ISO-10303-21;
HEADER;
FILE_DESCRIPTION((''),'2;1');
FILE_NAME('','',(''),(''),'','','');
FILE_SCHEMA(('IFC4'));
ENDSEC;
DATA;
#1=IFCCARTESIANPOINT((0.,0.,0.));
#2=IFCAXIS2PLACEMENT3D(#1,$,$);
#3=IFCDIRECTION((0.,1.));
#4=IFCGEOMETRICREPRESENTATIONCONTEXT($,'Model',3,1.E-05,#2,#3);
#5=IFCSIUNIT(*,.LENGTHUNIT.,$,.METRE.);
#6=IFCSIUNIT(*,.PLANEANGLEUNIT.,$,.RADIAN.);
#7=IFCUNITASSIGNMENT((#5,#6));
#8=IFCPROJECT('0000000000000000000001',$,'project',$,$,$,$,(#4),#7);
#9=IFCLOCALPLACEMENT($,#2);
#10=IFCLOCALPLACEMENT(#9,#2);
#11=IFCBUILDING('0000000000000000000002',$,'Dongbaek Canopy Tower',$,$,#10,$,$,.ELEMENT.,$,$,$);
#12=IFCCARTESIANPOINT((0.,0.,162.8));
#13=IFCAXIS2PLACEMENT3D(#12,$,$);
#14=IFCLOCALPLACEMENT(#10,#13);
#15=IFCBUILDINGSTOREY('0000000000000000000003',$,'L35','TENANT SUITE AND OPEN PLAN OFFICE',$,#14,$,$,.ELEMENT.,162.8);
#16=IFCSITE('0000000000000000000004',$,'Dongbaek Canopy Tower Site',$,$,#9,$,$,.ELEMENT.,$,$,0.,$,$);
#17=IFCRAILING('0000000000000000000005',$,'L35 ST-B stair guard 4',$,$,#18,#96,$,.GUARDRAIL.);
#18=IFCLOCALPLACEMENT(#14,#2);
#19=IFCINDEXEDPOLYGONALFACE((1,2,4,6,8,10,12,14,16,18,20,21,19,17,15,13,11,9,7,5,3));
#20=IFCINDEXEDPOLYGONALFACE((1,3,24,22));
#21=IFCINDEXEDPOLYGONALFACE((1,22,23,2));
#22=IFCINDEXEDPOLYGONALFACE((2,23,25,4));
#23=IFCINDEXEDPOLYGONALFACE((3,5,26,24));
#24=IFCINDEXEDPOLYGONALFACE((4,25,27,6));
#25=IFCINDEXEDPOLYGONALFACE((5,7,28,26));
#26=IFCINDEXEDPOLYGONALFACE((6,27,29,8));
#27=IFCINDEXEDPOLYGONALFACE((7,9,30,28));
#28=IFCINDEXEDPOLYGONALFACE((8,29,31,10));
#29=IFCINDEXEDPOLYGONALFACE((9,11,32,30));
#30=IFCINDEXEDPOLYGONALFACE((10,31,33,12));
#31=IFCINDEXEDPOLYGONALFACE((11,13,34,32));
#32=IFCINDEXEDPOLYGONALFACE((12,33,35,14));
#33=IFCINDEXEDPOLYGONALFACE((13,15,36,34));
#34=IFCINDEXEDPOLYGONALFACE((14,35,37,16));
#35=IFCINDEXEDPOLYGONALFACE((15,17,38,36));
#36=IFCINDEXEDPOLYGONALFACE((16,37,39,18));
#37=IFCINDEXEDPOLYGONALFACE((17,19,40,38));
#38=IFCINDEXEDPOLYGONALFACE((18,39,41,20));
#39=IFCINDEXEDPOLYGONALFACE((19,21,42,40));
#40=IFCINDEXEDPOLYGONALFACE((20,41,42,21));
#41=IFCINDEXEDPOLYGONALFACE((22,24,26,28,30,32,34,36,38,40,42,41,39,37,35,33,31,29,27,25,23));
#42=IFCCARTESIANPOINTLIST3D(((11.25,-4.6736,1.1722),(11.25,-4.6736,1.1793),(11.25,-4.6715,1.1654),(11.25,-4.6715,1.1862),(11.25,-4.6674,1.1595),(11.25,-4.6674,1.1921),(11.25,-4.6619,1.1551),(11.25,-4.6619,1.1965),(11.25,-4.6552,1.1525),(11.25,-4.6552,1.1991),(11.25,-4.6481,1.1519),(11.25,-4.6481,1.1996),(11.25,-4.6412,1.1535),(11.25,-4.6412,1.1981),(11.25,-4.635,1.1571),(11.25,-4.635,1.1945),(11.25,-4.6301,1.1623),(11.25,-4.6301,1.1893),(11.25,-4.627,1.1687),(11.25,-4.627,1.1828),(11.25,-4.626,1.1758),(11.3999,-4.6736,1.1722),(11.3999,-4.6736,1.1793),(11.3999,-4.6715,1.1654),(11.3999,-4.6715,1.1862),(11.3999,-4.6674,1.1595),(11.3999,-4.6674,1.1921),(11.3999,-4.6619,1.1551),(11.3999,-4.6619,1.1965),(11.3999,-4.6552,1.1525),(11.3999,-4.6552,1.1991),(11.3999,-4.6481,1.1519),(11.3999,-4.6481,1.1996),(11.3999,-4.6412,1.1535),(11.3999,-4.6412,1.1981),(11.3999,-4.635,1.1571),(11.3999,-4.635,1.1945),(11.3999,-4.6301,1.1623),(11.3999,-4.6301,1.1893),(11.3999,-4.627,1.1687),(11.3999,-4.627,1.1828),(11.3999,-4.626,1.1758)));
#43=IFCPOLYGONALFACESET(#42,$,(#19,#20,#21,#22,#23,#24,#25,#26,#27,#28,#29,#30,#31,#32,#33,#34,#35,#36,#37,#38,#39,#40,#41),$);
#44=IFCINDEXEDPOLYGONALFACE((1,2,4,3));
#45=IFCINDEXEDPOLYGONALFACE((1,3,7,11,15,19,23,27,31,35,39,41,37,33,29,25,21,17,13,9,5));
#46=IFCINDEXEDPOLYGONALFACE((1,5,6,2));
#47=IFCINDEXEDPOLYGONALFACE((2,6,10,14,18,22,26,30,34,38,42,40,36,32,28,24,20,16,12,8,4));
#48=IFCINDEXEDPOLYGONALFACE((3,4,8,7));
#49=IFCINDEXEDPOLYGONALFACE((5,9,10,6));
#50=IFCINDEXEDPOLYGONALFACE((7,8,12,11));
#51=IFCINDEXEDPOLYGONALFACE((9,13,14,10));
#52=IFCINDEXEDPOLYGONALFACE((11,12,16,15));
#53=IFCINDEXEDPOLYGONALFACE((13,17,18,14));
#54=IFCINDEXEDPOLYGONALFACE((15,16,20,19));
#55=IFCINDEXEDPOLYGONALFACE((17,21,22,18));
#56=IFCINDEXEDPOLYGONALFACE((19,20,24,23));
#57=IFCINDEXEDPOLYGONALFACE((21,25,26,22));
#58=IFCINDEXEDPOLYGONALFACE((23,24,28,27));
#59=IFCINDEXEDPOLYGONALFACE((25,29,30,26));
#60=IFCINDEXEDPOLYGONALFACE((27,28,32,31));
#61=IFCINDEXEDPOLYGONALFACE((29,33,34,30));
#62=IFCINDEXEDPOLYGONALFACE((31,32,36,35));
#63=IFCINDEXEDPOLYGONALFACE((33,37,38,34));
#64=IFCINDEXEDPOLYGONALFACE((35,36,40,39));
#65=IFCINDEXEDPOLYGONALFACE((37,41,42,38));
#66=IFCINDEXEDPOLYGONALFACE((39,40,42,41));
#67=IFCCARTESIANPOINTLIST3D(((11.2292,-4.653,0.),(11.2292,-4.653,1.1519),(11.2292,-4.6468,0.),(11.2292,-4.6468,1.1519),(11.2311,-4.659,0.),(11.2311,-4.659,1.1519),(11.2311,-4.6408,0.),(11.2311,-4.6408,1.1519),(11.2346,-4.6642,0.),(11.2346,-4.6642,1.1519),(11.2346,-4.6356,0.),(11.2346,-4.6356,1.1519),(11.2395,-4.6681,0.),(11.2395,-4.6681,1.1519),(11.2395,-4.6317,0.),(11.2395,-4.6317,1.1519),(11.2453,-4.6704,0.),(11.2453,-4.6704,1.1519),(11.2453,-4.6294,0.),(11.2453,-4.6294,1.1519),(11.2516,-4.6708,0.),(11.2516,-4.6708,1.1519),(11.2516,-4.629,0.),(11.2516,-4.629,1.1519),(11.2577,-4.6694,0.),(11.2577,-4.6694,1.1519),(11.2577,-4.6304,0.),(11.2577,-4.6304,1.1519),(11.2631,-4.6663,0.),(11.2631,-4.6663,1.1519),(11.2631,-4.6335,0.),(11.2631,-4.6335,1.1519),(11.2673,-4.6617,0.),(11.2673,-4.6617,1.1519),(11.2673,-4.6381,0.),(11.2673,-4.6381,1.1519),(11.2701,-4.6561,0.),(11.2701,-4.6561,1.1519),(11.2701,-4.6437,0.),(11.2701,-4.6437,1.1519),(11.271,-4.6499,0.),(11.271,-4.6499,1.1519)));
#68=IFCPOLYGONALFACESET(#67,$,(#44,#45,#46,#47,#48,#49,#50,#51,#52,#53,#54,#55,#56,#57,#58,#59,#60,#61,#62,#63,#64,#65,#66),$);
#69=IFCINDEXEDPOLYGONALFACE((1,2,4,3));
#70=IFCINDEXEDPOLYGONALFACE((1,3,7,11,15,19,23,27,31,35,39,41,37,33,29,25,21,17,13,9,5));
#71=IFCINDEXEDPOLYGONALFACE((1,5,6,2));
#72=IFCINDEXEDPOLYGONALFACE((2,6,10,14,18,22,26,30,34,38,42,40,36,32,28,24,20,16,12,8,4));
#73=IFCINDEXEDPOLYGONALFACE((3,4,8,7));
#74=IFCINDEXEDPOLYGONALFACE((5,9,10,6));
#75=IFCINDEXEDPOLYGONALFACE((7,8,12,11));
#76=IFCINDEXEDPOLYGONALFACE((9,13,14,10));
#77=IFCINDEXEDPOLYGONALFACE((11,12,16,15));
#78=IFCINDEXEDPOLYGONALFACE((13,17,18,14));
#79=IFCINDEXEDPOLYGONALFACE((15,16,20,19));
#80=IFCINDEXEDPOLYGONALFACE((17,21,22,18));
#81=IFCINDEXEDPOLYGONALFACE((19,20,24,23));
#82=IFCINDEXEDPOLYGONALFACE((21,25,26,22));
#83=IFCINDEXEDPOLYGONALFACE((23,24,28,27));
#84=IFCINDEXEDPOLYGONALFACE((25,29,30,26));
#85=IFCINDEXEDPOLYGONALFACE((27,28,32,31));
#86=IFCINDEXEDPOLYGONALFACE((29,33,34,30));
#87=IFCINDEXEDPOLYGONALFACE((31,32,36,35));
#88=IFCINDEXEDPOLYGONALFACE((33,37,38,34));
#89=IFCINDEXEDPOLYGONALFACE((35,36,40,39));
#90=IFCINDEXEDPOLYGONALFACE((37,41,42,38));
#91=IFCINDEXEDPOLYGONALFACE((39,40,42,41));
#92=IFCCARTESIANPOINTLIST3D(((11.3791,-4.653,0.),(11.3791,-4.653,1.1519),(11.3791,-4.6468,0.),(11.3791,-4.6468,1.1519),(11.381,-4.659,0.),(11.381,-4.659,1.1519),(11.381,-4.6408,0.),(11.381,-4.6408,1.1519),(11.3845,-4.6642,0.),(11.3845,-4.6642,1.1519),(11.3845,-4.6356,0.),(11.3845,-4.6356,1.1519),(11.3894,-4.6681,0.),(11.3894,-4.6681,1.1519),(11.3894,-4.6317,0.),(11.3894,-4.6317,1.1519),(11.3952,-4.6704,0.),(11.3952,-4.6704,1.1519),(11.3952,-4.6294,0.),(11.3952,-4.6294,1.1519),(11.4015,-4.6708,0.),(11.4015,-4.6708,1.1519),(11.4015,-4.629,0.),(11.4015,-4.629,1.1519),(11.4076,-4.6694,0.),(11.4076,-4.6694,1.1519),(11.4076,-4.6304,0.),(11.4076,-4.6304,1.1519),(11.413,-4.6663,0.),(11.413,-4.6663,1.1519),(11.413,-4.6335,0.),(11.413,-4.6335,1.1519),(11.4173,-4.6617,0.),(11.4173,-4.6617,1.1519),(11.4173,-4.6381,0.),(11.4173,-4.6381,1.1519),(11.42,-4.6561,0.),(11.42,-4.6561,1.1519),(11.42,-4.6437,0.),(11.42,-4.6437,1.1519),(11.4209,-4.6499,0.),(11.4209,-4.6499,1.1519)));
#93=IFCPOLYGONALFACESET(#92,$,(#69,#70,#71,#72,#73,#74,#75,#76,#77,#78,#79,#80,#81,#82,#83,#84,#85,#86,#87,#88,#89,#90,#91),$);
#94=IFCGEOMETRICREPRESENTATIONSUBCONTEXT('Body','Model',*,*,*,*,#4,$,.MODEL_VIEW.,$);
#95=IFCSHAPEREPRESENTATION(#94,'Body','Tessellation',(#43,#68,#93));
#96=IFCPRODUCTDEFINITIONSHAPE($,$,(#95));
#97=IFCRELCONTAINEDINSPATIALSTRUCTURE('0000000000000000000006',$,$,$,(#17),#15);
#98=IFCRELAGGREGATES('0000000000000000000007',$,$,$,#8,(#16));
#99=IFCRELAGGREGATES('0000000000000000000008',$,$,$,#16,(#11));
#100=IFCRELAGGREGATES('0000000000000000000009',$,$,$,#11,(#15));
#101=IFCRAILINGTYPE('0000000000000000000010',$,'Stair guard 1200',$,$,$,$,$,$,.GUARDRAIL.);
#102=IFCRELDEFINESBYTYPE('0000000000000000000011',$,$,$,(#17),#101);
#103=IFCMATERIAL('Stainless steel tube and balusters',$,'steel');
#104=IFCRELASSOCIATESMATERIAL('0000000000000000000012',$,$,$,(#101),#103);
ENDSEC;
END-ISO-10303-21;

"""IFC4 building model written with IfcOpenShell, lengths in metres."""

from ifc_helpers import new_model, si_unit, direction, frame, origin, origin_2d, place, context, subcontext, project, spatial, circle, extrude, material, type_object, element, save


model = new_model("IFC4")

# Units and contexts
model_context = context("Model", 3, precision=1e-05, world=origin(), true_north=direction((0.0, 1.0)))
body_context = subcontext(model_context, "Body", "Model", "MODEL_VIEW")
ifc_project = project(units=[si_unit("LENGTHUNIT", "METRE"), si_unit("PLANEANGLEUNIT", "RADIAN")], contexts=[model_context])

# Site, building, storey
site_placement = place(None, origin())
site = spatial("IfcSite", under=ifc_project, at=site_placement, Name="Dongbaek Canopy Tower Site", CompositionType="ELEMENT", RefElevation=0.0)
building_placement = place(site_placement, origin())
building = spatial("IfcBuilding", under=site, at=building_placement, Name="Dongbaek Canopy Tower", CompositionType="ELEMENT")
storey_placement = place(building_placement, frame((0.0, 0.0, 162.8)))
storey = spatial("IfcBuildingStorey", under=building, at=storey_placement, Name="L35", Description="TENANT SUITE AND OPEN PLAN OFFICE", CompositionType="ELEMENT", Elevation=162.8)

# Railing
ifc_material_1 = material(Name="Stainless steel tube and balusters", Category="steel")
railing_type_1 = type_object("IfcRailingType", Name="Stair guard 1200", PredefinedType="GUARDRAIL", material=ifc_material_1)
railing_1_placement = place(storey_placement, frame((11.25, -4.6499, 0.0)))
element("IfcRailing", 1, at=railing_1_placement, inside=storey, type_object=railing_type_1, Name="L35 ST-B stair guard 4", PredefinedType="GUARDRAIL", context=body_context, shape_type="SweptSolid", body=[
    extrude(circle(Radius=0.0239, at=origin_2d()), frame((0.0, 0.0, 1.1758), z_axis=(1.0, 0.0, 0.0), x_axis=(0.0, 1.0, 0.0)), (0.0, 0.0, 1.0), 0.1499),
    extrude(circle(Radius=0.021, at=origin_2d()), origin(), (0.0, 0.0, 1.0), 1.1519),
    extrude(circle(Radius=0.021, at=origin_2d()), frame((0.1499, 0.0, 0.0)), (0.0, 0.0, 1.0), 1.1519),
])

save(model, "model.ifc")
